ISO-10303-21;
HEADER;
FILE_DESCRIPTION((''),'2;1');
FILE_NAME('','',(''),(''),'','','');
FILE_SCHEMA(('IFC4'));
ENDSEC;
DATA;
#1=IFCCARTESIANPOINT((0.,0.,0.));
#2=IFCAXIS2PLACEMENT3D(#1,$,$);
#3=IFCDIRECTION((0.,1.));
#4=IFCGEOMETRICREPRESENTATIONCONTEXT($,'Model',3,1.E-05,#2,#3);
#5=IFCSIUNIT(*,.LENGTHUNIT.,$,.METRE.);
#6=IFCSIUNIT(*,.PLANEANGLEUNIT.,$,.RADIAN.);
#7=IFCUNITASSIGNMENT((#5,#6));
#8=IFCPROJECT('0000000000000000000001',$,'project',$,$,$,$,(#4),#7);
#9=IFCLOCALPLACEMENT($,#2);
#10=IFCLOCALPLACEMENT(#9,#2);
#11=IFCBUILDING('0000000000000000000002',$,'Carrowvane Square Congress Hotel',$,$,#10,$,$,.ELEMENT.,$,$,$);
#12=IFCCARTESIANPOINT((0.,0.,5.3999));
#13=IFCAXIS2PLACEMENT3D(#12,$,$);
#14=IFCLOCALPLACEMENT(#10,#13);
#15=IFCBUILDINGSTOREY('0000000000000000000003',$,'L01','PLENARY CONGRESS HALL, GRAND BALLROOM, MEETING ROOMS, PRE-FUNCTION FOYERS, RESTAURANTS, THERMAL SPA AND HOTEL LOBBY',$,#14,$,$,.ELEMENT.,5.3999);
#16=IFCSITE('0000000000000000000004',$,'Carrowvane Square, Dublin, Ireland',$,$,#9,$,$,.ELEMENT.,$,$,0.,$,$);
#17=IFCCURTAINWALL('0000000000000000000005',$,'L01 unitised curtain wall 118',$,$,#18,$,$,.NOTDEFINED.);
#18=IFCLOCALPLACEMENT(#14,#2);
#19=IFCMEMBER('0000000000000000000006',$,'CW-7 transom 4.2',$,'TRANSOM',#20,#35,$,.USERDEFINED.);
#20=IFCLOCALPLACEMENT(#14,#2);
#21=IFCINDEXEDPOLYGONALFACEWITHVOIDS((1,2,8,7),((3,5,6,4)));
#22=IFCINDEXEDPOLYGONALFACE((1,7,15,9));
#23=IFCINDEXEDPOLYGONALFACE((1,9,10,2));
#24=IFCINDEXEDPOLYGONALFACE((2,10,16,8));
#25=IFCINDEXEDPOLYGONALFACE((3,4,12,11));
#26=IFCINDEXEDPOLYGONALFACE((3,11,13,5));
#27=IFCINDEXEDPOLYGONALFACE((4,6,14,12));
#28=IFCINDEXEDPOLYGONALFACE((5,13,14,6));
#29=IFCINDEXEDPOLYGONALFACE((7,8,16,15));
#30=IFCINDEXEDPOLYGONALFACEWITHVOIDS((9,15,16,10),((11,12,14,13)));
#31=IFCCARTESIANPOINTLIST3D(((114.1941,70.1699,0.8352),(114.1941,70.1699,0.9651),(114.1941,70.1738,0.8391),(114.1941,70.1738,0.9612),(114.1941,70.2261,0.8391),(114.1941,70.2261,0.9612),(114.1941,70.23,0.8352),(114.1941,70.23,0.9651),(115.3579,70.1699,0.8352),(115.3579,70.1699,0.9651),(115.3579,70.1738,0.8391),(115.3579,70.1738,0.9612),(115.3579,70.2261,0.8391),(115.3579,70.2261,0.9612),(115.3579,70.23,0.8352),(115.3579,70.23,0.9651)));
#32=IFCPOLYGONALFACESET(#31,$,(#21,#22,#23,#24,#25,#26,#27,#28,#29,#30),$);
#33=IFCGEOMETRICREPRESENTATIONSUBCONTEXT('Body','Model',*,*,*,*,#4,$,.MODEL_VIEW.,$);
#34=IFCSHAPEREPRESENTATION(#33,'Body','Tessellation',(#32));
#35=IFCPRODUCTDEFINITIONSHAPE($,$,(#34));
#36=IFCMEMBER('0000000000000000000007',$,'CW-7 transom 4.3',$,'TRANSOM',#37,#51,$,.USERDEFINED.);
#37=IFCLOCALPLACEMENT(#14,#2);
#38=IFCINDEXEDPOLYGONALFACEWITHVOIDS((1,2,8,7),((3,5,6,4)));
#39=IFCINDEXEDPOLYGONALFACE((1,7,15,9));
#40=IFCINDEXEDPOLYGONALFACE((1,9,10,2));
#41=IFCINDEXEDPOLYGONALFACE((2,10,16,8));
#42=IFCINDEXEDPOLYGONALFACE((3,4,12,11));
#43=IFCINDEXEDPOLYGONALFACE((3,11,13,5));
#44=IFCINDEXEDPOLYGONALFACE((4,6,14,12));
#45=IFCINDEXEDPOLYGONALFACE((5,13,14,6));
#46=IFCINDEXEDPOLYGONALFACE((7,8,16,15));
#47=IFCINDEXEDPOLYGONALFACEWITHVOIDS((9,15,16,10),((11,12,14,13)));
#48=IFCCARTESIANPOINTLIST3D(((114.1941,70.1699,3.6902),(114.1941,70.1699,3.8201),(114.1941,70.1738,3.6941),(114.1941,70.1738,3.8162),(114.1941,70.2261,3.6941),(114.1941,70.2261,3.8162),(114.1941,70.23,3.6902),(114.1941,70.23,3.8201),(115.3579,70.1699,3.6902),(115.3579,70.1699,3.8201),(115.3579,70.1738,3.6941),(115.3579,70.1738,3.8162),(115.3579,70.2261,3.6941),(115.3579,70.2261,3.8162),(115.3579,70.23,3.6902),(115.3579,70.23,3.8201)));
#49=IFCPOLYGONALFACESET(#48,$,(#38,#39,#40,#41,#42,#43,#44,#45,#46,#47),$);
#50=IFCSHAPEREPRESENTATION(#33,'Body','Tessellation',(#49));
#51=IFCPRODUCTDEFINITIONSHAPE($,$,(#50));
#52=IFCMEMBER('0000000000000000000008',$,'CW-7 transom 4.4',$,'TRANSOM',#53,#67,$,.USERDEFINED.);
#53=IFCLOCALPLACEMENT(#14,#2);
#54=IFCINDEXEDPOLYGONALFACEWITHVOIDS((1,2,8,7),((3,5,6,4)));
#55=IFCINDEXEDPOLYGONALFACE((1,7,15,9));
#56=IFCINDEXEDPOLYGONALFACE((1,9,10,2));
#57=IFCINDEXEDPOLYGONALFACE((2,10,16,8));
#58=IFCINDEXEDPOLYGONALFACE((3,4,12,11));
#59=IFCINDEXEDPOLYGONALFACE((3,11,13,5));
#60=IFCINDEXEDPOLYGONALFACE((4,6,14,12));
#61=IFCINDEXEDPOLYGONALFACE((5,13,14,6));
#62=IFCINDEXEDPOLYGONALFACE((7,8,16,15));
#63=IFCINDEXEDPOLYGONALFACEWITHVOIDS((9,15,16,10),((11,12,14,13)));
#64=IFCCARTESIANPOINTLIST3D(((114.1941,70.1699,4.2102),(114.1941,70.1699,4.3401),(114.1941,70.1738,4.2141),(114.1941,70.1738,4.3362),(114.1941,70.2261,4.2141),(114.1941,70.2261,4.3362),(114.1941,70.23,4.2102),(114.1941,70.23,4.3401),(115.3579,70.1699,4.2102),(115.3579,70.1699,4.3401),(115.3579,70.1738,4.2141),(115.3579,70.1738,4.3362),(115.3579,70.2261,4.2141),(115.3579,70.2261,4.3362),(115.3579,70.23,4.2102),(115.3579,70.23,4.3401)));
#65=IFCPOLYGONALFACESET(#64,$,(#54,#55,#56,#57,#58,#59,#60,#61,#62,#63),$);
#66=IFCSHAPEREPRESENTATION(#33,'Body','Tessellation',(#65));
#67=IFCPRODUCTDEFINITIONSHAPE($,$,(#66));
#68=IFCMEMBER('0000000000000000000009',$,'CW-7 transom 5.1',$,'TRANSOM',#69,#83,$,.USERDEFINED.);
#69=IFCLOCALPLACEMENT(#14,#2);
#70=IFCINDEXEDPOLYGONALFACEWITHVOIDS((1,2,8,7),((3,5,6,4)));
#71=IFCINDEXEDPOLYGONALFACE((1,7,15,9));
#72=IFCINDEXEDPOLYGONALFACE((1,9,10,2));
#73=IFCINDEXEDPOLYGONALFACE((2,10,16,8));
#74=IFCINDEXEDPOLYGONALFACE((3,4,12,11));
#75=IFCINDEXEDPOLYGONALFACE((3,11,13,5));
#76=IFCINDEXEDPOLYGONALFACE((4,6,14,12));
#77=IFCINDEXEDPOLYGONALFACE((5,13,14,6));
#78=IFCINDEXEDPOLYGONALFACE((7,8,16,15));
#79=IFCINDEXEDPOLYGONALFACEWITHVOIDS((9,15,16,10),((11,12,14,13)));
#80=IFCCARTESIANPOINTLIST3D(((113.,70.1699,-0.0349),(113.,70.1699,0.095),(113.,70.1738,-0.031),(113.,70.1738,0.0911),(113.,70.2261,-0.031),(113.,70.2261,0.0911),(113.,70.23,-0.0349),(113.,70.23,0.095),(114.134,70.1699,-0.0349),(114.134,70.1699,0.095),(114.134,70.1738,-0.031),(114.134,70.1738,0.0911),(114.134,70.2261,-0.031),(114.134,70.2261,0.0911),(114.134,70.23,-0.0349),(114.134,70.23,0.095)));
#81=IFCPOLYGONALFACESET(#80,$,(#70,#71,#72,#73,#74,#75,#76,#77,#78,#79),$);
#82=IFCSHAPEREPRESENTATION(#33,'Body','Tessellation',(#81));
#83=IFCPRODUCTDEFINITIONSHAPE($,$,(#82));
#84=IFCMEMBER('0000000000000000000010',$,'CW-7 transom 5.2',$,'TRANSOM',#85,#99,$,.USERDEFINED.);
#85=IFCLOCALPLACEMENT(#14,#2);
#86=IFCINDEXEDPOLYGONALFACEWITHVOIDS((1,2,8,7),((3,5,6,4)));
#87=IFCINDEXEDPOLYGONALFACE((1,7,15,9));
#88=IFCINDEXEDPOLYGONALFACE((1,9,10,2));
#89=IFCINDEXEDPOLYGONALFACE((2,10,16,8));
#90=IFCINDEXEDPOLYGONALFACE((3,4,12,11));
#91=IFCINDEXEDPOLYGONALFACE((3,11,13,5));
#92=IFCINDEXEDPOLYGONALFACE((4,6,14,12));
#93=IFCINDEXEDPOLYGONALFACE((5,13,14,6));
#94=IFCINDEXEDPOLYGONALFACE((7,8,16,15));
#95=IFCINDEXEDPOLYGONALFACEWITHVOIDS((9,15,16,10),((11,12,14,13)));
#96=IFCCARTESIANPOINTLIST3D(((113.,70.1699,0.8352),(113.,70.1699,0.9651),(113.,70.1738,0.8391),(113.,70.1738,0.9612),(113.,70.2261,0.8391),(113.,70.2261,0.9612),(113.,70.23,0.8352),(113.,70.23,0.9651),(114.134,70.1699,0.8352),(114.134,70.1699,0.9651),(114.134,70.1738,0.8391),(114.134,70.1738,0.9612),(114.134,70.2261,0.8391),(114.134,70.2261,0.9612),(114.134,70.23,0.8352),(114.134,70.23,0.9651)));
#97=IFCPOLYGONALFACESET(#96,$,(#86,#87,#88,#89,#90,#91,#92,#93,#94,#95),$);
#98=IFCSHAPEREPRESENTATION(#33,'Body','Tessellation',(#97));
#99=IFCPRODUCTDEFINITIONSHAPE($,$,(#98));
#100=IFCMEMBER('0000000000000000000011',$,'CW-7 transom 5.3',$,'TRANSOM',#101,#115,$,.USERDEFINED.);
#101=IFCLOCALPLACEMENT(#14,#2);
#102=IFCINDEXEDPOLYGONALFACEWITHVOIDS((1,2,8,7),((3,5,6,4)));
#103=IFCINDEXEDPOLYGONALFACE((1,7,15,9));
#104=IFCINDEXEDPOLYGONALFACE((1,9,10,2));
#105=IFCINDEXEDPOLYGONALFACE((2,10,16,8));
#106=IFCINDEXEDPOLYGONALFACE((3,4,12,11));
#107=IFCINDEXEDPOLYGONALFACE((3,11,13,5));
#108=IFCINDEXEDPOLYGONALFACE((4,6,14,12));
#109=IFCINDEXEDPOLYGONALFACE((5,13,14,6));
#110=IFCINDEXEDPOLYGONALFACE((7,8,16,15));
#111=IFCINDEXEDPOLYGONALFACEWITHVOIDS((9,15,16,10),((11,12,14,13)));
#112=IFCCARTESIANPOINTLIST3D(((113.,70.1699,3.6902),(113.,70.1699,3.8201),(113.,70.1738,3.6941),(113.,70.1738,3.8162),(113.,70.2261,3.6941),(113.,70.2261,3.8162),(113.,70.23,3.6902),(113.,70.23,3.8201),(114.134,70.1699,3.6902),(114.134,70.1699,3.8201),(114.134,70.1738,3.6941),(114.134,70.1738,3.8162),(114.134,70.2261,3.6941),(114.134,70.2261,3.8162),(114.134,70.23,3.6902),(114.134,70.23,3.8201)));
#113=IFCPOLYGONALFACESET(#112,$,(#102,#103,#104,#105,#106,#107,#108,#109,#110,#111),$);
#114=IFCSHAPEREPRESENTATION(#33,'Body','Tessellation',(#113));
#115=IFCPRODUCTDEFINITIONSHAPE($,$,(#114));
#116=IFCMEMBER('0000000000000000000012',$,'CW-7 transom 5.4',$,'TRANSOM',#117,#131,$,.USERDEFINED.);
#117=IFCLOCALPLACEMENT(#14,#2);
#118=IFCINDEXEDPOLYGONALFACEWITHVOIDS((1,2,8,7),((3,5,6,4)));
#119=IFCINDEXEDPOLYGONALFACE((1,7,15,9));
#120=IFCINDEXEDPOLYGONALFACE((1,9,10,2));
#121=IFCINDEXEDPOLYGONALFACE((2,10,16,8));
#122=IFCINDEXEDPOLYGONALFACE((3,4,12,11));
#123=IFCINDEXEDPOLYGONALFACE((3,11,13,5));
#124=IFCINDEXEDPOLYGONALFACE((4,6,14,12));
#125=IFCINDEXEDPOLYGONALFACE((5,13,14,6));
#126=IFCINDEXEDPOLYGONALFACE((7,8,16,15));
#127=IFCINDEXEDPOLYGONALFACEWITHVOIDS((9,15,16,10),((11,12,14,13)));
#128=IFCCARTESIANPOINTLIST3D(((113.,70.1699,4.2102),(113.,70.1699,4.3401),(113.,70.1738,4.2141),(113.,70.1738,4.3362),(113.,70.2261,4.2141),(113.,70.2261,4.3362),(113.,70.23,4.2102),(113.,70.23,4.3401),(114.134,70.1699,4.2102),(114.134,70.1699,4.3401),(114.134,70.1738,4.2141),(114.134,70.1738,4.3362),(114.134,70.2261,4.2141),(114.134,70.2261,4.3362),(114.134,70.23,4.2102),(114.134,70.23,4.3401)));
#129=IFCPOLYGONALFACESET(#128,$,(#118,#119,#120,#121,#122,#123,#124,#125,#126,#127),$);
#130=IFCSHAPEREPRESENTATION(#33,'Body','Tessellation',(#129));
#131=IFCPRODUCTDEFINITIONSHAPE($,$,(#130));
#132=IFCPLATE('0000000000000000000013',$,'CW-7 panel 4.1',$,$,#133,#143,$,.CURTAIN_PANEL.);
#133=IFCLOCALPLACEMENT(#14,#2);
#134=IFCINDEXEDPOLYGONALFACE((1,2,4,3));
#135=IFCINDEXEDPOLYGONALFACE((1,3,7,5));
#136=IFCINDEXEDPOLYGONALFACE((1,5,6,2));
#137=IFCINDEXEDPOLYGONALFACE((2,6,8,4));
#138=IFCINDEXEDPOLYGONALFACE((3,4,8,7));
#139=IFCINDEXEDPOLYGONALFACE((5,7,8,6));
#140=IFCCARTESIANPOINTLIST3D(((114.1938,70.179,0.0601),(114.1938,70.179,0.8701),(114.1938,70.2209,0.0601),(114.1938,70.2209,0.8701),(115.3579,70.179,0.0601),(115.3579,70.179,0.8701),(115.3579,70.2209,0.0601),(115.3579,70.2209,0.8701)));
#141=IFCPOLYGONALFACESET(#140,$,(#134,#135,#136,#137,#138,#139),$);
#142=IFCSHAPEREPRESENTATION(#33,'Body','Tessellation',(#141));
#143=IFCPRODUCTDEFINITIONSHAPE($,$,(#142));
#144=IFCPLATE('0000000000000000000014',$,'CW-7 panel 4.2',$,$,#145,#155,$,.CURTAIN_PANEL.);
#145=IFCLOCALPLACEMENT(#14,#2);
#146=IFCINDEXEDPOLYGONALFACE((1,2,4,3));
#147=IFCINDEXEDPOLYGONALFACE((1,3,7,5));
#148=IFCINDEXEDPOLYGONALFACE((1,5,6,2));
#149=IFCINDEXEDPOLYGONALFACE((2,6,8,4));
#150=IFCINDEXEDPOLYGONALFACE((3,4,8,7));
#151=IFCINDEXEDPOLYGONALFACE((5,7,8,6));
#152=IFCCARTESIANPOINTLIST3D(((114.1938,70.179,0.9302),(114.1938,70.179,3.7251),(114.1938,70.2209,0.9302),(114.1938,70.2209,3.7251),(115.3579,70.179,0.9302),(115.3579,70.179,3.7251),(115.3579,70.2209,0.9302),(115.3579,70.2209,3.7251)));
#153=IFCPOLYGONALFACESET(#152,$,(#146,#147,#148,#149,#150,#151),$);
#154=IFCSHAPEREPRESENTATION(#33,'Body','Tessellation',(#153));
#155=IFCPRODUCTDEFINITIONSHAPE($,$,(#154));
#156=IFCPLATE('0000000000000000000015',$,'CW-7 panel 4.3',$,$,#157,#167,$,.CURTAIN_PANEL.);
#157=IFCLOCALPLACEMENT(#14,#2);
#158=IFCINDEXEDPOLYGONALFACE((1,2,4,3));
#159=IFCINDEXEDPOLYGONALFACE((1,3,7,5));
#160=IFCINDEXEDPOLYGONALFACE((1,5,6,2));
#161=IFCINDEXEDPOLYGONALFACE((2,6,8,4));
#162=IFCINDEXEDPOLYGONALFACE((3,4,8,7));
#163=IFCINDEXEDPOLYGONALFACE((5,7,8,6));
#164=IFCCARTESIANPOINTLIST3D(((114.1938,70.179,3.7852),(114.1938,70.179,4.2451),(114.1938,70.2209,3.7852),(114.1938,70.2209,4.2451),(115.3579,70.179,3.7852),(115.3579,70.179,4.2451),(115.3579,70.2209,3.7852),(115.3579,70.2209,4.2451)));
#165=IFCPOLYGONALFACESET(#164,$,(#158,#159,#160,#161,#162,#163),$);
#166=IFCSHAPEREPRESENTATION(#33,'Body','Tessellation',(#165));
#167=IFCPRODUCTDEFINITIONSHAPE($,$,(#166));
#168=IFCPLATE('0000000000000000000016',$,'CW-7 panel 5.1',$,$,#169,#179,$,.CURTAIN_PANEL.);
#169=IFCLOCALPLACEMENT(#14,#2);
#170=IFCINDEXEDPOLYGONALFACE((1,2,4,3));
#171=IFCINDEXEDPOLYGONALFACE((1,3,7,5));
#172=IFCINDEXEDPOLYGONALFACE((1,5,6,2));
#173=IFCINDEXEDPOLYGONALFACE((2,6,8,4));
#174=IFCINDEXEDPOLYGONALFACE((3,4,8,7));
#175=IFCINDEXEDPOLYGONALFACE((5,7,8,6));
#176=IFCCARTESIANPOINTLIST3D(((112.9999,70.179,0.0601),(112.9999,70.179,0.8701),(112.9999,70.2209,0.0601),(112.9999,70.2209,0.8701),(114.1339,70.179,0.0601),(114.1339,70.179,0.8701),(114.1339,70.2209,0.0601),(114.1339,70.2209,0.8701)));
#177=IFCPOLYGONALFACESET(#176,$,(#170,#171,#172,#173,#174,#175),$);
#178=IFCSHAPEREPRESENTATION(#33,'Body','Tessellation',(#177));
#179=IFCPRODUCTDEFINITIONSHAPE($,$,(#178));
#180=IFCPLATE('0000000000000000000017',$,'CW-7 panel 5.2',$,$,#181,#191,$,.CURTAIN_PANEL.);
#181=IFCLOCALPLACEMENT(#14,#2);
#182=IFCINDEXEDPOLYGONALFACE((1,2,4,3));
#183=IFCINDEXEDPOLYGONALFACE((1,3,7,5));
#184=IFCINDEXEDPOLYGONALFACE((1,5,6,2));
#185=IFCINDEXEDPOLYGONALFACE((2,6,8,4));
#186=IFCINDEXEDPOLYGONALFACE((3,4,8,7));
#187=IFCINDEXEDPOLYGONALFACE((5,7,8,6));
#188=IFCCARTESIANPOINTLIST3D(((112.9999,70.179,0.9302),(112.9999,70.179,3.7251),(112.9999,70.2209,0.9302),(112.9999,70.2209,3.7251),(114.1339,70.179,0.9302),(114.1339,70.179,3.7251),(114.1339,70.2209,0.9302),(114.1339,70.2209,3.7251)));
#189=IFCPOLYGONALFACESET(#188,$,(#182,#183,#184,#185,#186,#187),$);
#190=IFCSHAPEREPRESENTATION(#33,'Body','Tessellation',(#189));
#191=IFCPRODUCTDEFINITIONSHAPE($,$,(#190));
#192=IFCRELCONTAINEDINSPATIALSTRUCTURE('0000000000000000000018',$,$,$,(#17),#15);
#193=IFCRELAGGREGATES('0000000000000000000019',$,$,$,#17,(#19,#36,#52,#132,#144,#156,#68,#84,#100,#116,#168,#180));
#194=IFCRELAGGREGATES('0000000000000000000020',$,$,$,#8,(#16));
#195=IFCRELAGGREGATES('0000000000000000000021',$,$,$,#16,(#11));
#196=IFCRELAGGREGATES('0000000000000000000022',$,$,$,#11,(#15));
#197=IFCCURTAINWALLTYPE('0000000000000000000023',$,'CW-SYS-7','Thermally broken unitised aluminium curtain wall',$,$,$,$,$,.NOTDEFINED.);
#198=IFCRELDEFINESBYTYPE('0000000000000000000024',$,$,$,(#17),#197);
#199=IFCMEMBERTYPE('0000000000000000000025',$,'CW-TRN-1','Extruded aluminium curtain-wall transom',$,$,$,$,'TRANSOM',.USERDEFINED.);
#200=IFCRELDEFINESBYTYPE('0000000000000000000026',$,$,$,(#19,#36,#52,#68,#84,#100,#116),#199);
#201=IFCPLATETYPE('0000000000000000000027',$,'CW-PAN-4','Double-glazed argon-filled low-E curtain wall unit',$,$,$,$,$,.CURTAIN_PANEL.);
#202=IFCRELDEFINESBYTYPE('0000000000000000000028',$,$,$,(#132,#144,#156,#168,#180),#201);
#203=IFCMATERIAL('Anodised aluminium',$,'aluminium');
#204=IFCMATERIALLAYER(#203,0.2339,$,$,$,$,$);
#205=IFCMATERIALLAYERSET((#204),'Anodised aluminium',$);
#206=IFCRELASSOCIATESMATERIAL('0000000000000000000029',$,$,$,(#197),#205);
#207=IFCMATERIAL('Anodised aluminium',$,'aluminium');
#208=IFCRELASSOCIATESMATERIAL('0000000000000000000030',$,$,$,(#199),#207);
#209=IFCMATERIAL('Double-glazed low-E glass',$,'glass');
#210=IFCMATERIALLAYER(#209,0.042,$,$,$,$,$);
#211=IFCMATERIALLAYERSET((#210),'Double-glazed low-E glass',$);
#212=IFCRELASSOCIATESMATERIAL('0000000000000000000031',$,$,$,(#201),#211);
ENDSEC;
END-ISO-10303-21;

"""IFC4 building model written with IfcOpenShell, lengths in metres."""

from ifc_helpers import new_model, si_unit, direction, frame, origin, origin_2d, place, context, subcontext, project, spatial, rectangle, hollow_rectangle, extrude, material, layer, layer_set, material_profile, profile_set, type_object, element, aggregate, save


model = new_model("IFC4")

# Units and contexts
model_context = context("Model", 3, precision=1e-05, world=origin(), true_north=direction((0.0, 1.0)))
body_context = subcontext(model_context, "Body", "Model", "MODEL_VIEW")
ifc_project = project(units=[si_unit("LENGTHUNIT", "METRE"), si_unit("PLANEANGLEUNIT", "RADIAN")], contexts=[model_context])

# Site, building, storey
site_placement = place(None, origin())
site = spatial("IfcSite", under=ifc_project, at=site_placement, Name="Carrowvane Square, Dublin, Ireland", CompositionType="ELEMENT", RefElevation=0.0)
building_placement = place(site_placement, origin())
building = spatial("IfcBuilding", under=site, at=building_placement, Name="Carrowvane Square Congress Hotel", CompositionType="ELEMENT")
storey_placement = place(building_placement, frame((0.0, 0.0, 5.3999)))
storey = spatial("IfcBuildingStorey", under=building, at=storey_placement, Name="L01", Description="PLENARY CONGRESS HALL, GRAND BALLROOM, MEETING ROOMS, PRE-FUNCTION FOYERS, RESTAURANTS, THERMAL SPA AND HOTEL LOBBY", CompositionType="ELEMENT", Elevation=5.3999)

# Curtain wall
ifc_material_1 = material(Name="Anodised aluminium", Category="aluminium")
ifc_layer_1 = layer(ifc_material_1, 0.2339)
ifc_layer_set_1 = layer_set([ifc_layer_1], Name="Anodised aluminium")
curtain_wall_type_1 = type_object("IfcCurtainWallType", Name="CW-SYS-7", Description="Thermally broken unitised aluminium curtain wall", PredefinedType="NOTDEFINED", material=ifc_layer_set_1)
curtain_wall_1_placement = place(storey_placement, origin())
curtain_wall_1 = element("IfcCurtainWall", 1, at=curtain_wall_1_placement, inside=storey, type_object=curtain_wall_type_1, Name="L01 unitised curtain wall 118", PredefinedType="NOTDEFINED")

# Members
ifc_material_2 = material(Name="Anodised aluminium", Category="aluminium")
ifc_material_profile_1 = material_profile(ifc_material_2, hollow_rectangle(XDim=0.0601, YDim=0.1299, WallThickness=0.0039, at=origin_2d()), Name="CW-TR 60x130x4")
ifc_profile_set_1 = profile_set([ifc_material_profile_1], Name="Anodised aluminium")
member_type_1 = type_object("IfcMemberType", Name="CW-TRN-1", Description="Extruded aluminium curtain-wall transom", ElementType="TRANSOM", PredefinedType="USERDEFINED", material=ifc_profile_set_1)
member_1_placement = place(storey_placement, frame((115.3579, 70.2, 0.9001), z_axis=(-1.0, 0.0, 0.0), x_axis=(0.0, -1.0, 0.0)))
member_1 = element("IfcMember", 2, at=member_1_placement, type_object=member_type_1, Name="CW-7 transom 4.2", ObjectType="TRANSOM", PredefinedType="USERDEFINED", context=body_context, shape_type="SweptSolid", body=[
    extrude(hollow_rectangle(XDim=0.0601, YDim=0.1299, WallThickness=0.0039, at=origin_2d()), origin(), (0.0, 0.0, 1.0), 1.1638),
])
member_2_placement = place(storey_placement, frame((115.3579, 70.2, 3.7551), z_axis=(-1.0, 0.0, 0.0), x_axis=(0.0, -1.0, 0.0)))
member_2 = element("IfcMember", 3, at=member_2_placement, type_object=member_type_1, Name="CW-7 transom 4.3", ObjectType="TRANSOM", PredefinedType="USERDEFINED", context=body_context, shape_type="SweptSolid", body=[
    extrude(hollow_rectangle(XDim=0.0601, YDim=0.1299, WallThickness=0.0039, at=origin_2d()), origin(), (0.0, 0.0, 1.0), 1.1638),
])
member_3_placement = place(storey_placement, frame((115.3579, 70.2, 4.2751), z_axis=(-1.0, 0.0, 0.0), x_axis=(0.0, -1.0, 0.0)))
member_3 = element("IfcMember", 4, at=member_3_placement, type_object=member_type_1, Name="CW-7 transom 4.4", ObjectType="TRANSOM", PredefinedType="USERDEFINED", context=body_context, shape_type="SweptSolid", body=[
    extrude(hollow_rectangle(XDim=0.0601, YDim=0.1299, WallThickness=0.0039, at=origin_2d()), origin(), (0.0, 0.0, 1.0), 1.1638),
])
member_4_placement = place(storey_placement, frame((114.134, 70.2, 0.03), z_axis=(-1.0, 0.0, 0.0), x_axis=(0.0, -1.0, 0.0)))
member_4 = element("IfcMember", 5, at=member_4_placement, type_object=member_type_1, Name="CW-7 transom 5.1", ObjectType="TRANSOM", PredefinedType="USERDEFINED", context=body_context, shape_type="SweptSolid", body=[
    extrude(hollow_rectangle(XDim=0.0601, YDim=0.1299, WallThickness=0.0039, at=origin_2d()), origin(), (0.0, 0.0, 1.0), 1.134),
])
member_5_placement = place(storey_placement, frame((114.134, 70.2, 0.9001), z_axis=(-1.0, 0.0, 0.0), x_axis=(0.0, -1.0, 0.0)))
member_5 = element("IfcMember", 6, at=member_5_placement, type_object=member_type_1, Name="CW-7 transom 5.2", ObjectType="TRANSOM", PredefinedType="USERDEFINED", context=body_context, shape_type="SweptSolid", body=[
    extrude(hollow_rectangle(XDim=0.0601, YDim=0.1299, WallThickness=0.0039, at=origin_2d()), origin(), (0.0, 0.0, 1.0), 1.134),
])
member_6_placement = place(storey_placement, frame((114.134, 70.2, 3.7551), z_axis=(-1.0, 0.0, 0.0), x_axis=(0.0, -1.0, 0.0)))
member_6 = element("IfcMember", 7, at=member_6_placement, type_object=member_type_1, Name="CW-7 transom 5.3", ObjectType="TRANSOM", PredefinedType="USERDEFINED", context=body_context, shape_type="SweptSolid", body=[
    extrude(hollow_rectangle(XDim=0.0601, YDim=0.1299, WallThickness=0.0039, at=origin_2d()), origin(), (0.0, 0.0, 1.0), 1.134),
])
member_7_placement = place(storey_placement, frame((114.134, 70.2, 4.2751), z_axis=(-1.0, 0.0, 0.0), x_axis=(0.0, -1.0, 0.0)))
member_7 = element("IfcMember", 8, at=member_7_placement, type_object=member_type_1, Name="CW-7 transom 5.4", ObjectType="TRANSOM", PredefinedType="USERDEFINED", context=body_context, shape_type="SweptSolid", body=[
    extrude(hollow_rectangle(XDim=0.0601, YDim=0.1299, WallThickness=0.0039, at=origin_2d()), origin(), (0.0, 0.0, 1.0), 1.134),
])

# Plates
ifc_material_3 = material(Name="Double-glazed low-E glass", Category="glass")
ifc_layer_2 = layer(ifc_material_3, 0.042)
ifc_layer_set_2 = layer_set([ifc_layer_2], Name="Double-glazed low-E glass")
plate_type = type_object("IfcPlateType", Name="CW-PAN-4", Description="Double-glazed argon-filled low-E curtain wall unit", PredefinedType="CURTAIN_PANEL", material=ifc_layer_set_2)
plate_1_placement = place(storey_placement, frame((114.7759, 70.2, 0.0601), z_axis=(0.0, 0.0, 1.0), x_axis=(-1.0, 0.0, 0.0)))
plate_1 = element("IfcPlate", 9, at=plate_1_placement, type_object=plate_type, Name="CW-7 panel 4.1", PredefinedType="CURTAIN_PANEL", context=body_context, shape_type="SweptSolid", body=[
    extrude(rectangle(XDim=1.1641, YDim=0.042, at=origin_2d()), origin(), (0.0, 0.0, 1.0), 0.8101),
])
plate_2_placement = place(storey_placement, frame((114.7759, 70.2, 0.9302), z_axis=(0.0, 0.0, 1.0), x_axis=(-1.0, 0.0, 0.0)))
plate_2 = element("IfcPlate", 10, at=plate_2_placement, type_object=plate_type, Name="CW-7 panel 4.2", PredefinedType="CURTAIN_PANEL", context=body_context, shape_type="SweptSolid", body=[
    extrude(rectangle(XDim=1.1641, YDim=0.042, at=origin_2d()), origin(), (0.0, 0.0, 1.0), 2.7949),
])
plate_3_placement = place(storey_placement, frame((114.7759, 70.2, 3.7852), z_axis=(0.0, 0.0, 1.0), x_axis=(-1.0, 0.0, 0.0)))
plate_3 = element("IfcPlate", 11, at=plate_3_placement, type_object=plate_type, Name="CW-7 panel 4.3", PredefinedType="CURTAIN_PANEL", context=body_context, shape_type="SweptSolid", body=[
    extrude(rectangle(XDim=1.1641, YDim=0.042, at=origin_2d()), origin(), (0.0, 0.0, 1.0), 0.46),
])
plate_4_placement = place(storey_placement, frame((113.5669, 70.2, 0.0601), z_axis=(0.0, 0.0, 1.0), x_axis=(-1.0, 0.0, 0.0)))
plate_4 = element("IfcPlate", 12, at=plate_4_placement, type_object=plate_type, Name="CW-7 panel 5.1", PredefinedType="CURTAIN_PANEL", context=body_context, shape_type="SweptSolid", body=[
    extrude(rectangle(XDim=1.134, YDim=0.042, at=origin_2d()), origin(), (0.0, 0.0, 1.0), 0.8101),
])
plate_5_placement = place(storey_placement, frame((113.5669, 70.2, 0.9302), z_axis=(0.0, 0.0, 1.0), x_axis=(-1.0, 0.0, 0.0)))
plate_5 = element("IfcPlate", 13, at=plate_5_placement, type_object=plate_type, Name="CW-7 panel 5.2", PredefinedType="CURTAIN_PANEL", context=body_context, shape_type="SweptSolid", body=[
    extrude(rectangle(XDim=1.134, YDim=0.042, at=origin_2d()), origin(), (0.0, 0.0, 1.0), 2.7949),
])
aggregate(curtain_wall_1, [member_1, member_2, member_3, plate_1, plate_2, plate_3, member_4, member_5, member_6, member_7, plate_4, plate_5])

save(model, "model.ifc")
